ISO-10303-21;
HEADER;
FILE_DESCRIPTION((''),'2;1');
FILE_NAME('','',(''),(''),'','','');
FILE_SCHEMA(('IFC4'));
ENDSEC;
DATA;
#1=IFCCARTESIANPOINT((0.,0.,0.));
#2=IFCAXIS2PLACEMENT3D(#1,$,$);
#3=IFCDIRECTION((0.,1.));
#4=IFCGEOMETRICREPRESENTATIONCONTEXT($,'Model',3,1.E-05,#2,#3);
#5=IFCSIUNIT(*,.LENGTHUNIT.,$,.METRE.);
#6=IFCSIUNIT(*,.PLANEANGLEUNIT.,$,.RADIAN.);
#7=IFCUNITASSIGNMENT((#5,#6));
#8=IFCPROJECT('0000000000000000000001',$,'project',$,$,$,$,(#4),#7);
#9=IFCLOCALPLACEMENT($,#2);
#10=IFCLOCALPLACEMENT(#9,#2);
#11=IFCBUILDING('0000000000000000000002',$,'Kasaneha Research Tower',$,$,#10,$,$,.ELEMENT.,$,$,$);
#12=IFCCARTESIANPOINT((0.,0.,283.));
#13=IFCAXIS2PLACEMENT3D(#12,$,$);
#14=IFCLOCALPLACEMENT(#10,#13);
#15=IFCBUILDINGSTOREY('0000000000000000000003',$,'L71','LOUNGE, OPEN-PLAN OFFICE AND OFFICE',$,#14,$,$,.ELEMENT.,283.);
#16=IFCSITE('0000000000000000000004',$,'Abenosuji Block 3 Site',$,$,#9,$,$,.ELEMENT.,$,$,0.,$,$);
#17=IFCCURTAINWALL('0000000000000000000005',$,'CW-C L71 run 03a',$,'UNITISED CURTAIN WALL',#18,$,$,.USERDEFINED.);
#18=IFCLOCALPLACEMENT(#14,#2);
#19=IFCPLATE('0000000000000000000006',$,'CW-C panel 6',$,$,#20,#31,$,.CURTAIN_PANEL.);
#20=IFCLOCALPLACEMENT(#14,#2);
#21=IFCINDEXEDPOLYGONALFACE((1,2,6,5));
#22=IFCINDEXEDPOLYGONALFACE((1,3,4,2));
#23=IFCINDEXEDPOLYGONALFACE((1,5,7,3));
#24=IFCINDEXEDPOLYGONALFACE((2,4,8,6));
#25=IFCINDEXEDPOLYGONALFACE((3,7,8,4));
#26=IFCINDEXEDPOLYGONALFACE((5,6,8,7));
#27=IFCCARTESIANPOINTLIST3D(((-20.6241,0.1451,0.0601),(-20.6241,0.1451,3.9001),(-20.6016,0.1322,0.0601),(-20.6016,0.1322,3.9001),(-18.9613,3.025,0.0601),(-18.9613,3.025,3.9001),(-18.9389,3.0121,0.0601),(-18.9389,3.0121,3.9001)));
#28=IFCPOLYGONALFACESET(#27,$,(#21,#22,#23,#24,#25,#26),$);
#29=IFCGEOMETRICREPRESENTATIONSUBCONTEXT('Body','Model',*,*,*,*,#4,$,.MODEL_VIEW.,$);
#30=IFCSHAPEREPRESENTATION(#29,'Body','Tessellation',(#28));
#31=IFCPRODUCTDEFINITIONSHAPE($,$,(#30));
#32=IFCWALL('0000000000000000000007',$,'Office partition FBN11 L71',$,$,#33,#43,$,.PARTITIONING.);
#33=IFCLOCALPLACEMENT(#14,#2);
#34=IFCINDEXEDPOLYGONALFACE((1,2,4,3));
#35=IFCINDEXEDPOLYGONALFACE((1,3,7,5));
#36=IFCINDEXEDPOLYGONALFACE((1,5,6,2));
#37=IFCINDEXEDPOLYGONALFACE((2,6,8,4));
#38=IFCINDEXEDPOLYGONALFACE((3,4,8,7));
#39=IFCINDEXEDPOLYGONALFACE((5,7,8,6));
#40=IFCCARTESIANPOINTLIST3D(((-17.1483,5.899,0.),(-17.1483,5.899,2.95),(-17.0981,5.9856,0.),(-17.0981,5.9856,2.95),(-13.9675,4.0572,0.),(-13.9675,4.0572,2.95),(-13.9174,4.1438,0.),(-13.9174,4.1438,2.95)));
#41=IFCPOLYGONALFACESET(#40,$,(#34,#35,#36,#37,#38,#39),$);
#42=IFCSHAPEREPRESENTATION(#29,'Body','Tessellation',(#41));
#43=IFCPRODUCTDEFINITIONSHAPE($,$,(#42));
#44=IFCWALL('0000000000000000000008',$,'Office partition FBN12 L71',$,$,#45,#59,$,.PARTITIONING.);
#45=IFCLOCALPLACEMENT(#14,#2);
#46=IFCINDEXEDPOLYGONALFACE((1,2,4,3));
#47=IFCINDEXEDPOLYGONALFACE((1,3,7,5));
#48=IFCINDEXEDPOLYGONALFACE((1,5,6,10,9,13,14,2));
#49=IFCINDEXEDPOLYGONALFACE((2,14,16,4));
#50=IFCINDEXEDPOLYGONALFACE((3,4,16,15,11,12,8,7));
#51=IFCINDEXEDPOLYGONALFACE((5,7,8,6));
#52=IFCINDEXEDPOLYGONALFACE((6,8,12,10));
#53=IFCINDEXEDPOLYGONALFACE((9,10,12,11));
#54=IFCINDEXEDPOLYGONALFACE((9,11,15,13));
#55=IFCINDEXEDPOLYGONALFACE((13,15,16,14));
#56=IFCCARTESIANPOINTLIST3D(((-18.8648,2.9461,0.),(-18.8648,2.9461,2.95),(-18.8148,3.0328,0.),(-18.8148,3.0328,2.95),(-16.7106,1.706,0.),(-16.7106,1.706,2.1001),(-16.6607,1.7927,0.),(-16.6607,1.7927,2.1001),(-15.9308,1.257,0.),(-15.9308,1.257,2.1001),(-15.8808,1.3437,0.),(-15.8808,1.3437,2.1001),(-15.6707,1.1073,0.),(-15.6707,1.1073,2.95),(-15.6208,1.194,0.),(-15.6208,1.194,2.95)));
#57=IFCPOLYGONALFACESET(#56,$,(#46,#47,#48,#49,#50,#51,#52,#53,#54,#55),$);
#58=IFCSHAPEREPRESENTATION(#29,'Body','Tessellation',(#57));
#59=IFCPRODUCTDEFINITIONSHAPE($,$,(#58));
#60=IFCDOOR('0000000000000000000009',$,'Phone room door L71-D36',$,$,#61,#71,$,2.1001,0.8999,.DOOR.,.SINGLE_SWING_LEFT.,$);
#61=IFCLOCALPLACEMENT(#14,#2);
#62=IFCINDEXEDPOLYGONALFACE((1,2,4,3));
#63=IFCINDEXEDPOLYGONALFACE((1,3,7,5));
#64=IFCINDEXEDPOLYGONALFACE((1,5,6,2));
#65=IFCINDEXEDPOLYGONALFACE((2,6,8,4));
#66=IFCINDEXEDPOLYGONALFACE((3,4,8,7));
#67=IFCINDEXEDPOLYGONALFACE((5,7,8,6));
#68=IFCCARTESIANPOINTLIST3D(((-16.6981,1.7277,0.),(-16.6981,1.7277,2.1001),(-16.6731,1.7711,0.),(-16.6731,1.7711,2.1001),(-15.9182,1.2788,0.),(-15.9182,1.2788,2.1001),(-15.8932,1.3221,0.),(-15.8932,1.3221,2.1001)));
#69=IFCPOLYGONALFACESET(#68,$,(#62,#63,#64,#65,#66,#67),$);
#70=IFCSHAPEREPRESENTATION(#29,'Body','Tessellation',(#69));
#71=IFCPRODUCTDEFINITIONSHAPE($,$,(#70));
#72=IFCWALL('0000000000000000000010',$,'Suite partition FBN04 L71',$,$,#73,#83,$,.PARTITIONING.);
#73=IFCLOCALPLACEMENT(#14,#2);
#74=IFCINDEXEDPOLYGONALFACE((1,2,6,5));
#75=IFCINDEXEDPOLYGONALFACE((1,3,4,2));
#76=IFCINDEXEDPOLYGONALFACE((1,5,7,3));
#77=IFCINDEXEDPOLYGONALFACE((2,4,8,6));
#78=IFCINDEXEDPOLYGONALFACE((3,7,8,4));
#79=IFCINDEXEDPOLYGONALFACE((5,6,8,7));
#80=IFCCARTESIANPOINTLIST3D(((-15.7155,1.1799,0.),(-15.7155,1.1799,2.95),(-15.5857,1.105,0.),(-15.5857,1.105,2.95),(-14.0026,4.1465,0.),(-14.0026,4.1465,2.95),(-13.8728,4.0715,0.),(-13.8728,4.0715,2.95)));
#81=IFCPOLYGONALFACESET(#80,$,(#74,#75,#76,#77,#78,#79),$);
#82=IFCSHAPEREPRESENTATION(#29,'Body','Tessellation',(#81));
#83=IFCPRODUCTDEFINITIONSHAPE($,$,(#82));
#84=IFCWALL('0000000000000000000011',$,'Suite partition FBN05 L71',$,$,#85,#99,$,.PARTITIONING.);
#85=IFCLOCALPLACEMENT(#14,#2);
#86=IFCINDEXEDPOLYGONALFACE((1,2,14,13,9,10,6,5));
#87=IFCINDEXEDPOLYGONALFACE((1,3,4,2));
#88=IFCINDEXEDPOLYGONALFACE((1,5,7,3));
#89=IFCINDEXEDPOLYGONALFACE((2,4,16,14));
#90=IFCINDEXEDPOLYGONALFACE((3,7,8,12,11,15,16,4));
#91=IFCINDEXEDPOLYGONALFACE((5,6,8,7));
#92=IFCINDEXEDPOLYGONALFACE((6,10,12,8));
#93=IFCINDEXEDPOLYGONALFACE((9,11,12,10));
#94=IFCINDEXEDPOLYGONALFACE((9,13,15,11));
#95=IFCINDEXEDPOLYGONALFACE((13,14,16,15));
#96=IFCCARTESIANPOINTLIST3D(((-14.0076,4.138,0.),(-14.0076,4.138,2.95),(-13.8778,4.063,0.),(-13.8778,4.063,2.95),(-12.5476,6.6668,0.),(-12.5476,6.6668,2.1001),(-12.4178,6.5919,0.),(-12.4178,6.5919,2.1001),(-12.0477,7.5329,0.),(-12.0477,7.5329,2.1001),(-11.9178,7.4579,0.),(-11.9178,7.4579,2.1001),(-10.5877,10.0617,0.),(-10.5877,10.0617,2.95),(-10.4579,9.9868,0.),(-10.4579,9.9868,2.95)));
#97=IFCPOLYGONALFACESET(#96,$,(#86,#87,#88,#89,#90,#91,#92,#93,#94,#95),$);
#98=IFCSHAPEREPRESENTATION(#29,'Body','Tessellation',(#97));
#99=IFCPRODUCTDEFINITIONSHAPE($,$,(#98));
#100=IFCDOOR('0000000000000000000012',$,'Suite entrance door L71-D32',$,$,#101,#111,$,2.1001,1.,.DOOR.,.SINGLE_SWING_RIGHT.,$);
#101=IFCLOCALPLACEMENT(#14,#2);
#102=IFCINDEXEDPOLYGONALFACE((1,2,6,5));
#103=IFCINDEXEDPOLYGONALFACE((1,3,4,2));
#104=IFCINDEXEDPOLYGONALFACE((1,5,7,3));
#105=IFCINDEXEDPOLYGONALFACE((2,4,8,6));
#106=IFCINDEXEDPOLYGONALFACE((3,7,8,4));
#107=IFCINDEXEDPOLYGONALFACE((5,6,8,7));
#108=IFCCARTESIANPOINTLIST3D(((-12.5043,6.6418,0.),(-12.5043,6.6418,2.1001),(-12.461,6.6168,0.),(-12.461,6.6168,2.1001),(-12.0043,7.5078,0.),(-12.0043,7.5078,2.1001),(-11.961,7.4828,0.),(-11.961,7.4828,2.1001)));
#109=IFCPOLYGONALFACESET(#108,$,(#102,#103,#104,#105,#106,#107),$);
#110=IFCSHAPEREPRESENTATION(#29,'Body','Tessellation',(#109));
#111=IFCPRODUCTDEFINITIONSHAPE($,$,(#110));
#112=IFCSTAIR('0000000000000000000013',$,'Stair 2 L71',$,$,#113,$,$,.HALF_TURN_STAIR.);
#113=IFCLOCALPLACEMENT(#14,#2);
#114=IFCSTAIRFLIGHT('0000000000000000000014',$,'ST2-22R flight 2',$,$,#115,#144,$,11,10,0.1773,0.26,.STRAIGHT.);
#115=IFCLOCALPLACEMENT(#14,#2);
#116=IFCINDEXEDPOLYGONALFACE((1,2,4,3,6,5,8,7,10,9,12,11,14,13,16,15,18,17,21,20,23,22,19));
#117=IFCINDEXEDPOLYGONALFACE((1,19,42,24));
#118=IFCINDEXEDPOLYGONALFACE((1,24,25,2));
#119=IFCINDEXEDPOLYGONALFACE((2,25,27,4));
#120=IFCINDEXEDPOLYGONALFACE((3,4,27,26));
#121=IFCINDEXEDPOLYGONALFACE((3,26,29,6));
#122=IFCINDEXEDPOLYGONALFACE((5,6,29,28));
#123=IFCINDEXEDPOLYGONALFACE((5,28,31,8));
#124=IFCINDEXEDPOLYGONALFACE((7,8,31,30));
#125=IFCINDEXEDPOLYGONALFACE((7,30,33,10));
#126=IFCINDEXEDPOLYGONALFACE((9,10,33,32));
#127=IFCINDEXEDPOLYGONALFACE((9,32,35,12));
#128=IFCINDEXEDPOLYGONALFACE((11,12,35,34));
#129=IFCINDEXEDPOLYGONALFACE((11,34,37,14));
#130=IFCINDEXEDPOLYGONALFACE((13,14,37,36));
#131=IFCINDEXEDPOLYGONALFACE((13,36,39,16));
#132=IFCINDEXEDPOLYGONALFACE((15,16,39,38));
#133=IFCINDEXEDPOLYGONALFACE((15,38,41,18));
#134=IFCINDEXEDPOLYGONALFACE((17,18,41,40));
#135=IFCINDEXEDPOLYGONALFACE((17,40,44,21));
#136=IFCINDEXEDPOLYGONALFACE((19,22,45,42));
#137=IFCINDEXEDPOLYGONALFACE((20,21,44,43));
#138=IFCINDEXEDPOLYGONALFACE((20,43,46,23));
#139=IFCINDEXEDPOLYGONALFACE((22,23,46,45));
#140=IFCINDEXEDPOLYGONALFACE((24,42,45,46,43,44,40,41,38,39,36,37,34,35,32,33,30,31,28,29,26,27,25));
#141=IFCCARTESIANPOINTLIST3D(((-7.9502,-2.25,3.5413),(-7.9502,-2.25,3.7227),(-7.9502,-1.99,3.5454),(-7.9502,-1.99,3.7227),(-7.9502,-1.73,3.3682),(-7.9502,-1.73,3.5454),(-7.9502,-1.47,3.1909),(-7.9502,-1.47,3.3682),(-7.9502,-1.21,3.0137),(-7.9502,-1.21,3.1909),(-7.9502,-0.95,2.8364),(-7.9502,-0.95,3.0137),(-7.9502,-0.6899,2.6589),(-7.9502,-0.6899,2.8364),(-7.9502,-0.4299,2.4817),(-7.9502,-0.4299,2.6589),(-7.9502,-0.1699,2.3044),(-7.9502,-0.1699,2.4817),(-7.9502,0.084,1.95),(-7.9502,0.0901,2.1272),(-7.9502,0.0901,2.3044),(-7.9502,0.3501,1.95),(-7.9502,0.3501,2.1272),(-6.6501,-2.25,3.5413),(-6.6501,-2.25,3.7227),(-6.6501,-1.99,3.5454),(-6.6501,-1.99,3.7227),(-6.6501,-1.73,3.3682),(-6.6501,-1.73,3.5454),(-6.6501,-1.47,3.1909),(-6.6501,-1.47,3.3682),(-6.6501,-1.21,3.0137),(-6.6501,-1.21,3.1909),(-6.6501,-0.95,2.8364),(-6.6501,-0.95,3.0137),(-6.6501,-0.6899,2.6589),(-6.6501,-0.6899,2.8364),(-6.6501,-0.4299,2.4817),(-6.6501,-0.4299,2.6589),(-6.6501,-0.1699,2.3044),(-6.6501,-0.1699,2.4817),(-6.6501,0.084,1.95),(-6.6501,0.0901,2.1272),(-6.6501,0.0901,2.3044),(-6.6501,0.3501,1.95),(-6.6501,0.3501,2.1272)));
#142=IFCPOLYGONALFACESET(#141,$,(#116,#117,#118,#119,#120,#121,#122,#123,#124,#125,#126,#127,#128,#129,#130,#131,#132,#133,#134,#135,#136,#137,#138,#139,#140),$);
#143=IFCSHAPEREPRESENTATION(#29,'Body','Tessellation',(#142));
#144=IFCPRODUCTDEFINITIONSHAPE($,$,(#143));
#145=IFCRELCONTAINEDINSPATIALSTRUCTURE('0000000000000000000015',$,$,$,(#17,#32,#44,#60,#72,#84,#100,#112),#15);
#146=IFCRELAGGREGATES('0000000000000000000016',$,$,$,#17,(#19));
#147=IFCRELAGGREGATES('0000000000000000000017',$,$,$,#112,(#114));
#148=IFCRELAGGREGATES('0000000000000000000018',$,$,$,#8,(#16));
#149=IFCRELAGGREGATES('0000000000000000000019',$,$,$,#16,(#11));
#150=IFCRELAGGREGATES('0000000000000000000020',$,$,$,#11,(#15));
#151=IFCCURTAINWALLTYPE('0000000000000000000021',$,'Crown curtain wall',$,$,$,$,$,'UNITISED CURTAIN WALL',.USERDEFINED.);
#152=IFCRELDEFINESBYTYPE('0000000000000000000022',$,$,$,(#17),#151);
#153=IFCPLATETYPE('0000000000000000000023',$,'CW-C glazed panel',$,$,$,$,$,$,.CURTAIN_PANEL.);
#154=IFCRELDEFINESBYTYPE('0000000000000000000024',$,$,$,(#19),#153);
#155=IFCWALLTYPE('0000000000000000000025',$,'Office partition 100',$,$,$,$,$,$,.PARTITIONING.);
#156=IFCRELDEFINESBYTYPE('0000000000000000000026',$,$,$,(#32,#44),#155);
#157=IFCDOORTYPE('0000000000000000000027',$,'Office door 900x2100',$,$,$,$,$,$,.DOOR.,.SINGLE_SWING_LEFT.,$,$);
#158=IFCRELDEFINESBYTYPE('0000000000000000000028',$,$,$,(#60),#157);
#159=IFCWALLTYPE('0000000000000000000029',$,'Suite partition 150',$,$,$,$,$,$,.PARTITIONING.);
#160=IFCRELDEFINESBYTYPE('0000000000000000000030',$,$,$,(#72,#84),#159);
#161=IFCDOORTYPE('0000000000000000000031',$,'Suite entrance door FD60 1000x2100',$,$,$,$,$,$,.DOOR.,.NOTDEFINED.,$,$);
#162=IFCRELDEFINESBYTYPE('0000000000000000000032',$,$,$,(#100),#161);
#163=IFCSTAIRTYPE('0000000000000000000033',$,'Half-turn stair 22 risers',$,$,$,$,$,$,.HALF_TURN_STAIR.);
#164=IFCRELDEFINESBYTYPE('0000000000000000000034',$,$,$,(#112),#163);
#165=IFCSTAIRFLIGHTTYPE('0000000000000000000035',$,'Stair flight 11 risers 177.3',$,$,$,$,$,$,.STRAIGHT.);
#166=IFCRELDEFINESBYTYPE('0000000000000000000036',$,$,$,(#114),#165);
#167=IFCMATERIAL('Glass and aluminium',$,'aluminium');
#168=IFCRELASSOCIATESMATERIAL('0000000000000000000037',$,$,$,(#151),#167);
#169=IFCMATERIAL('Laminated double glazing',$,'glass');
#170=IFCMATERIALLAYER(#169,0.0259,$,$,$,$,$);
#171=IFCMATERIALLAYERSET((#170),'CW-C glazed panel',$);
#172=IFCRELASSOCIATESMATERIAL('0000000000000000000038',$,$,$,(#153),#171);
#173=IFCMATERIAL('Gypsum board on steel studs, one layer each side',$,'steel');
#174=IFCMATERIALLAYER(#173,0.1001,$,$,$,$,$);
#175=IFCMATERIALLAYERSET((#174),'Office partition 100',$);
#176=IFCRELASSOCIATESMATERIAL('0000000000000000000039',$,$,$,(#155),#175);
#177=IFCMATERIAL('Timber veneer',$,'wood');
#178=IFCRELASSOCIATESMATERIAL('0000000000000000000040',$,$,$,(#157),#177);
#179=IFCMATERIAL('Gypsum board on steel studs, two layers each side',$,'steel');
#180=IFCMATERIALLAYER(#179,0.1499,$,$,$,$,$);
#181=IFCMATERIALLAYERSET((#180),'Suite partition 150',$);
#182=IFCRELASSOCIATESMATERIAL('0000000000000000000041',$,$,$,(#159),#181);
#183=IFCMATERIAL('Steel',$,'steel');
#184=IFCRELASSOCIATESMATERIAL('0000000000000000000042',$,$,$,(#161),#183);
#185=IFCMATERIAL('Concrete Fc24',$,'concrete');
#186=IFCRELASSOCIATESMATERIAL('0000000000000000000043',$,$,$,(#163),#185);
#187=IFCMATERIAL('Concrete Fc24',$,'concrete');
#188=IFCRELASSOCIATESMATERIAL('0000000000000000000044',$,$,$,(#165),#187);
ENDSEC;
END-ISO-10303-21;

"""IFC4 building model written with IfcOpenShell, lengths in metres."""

from ifc_helpers import new_model, si_unit, direction, frame, frame_2d, origin, origin_2d, place, context, subcontext, project, spatial, polyline, rectangle, outline, extrude, material, layer, layer_set, type_object, element, fill, aggregate, save


model = new_model("IFC4")

# Units and contexts
model_context = context("Model", 3, precision=1e-05, world=origin(), true_north=direction((0.0, 1.0)))
body_context = subcontext(model_context, "Body", "Model", "MODEL_VIEW")
ifc_project = project(units=[si_unit("LENGTHUNIT", "METRE"), si_unit("PLANEANGLEUNIT", "RADIAN")], contexts=[model_context])

# Site, building, storey
site_placement = place(None, origin())
site = spatial("IfcSite", under=ifc_project, at=site_placement, Name="Abenosuji Block 3 Site", CompositionType="ELEMENT", RefElevation=0.0)
building_placement = place(site_placement, origin())
building = spatial("IfcBuilding", under=site, at=building_placement, Name="Kasaneha Research Tower", CompositionType="ELEMENT")
storey_placement = place(building_placement, frame((0.0, 0.0, 283.0)))
storey = spatial("IfcBuildingStorey", under=building, at=storey_placement, Name="L71", Description="LOUNGE, OPEN-PLAN OFFICE AND OFFICE", CompositionType="ELEMENT", Elevation=283.0)

# Curtain wall
ifc_material_1 = material(Name="Glass and aluminium", Category="aluminium")
curtain_wall_type = type_object("IfcCurtainWallType", Name="Crown curtain wall", ElementType="UNITISED CURTAIN WALL", PredefinedType="USERDEFINED", material=ifc_material_1)
curtain_wall_placement = place(storey_placement, origin())
curtain_wall = element("IfcCurtainWall", 1, at=curtain_wall_placement, inside=storey, type_object=curtain_wall_type, Name="CW-C L71 run 03a", ObjectType="UNITISED CURTAIN WALL", PredefinedType="USERDEFINED")

# Plate
ifc_material_2 = material(Name="Laminated double glazing", Category="glass")
ifc_layer_1 = layer(ifc_material_2, 0.0259)
ifc_layer_set_1 = layer_set([ifc_layer_1], Name="CW-C glazed panel")
plate_type = type_object("IfcPlateType", Name="CW-C glazed panel", PredefinedType="CURTAIN_PANEL", material=ifc_layer_set_1)
plate_1_placement = place(storey_placement, frame((-19.7815, 1.5786, 0.0601), z_axis=(0.0, 0.0, 1.0), x_axis=(-0.5, -0.866025, 0.0)))
plate_1 = element("IfcPlate", 2, at=plate_1_placement, type_object=plate_type, Name="CW-C panel 6", PredefinedType="CURTAIN_PANEL", context=body_context, shape_type="SweptSolid", body=[
    extrude(rectangle(XDim=3.3254, YDim=0.0259, at=origin_2d()), origin(), (0.0, 0.0, 1.0), 3.8401),
])
aggregate(curtain_wall, [plate_1])

# Wall
ifc_material_3 = material(Name="Gypsum board on steel studs, one layer each side", Category="steel")
ifc_layer_2 = layer(ifc_material_3, 0.1001)
ifc_layer_set_2 = layer_set([ifc_layer_2], Name="Office partition 100")
wall_type_1 = type_object("IfcWallType", Name="Office partition 100", PredefinedType="PARTITIONING", material=ifc_layer_set_2)
wall_1_placement = place(storey_placement, frame((-17.1233, 5.9424, 0.0), z_axis=(0.0, 0.0, 1.0), x_axis=(0.865384, -0.50111, 0.0)))
element("IfcWall", 3, at=wall_1_placement, inside=storey, type_object=wall_type_1, Name="Office partition FBN11 L71", PredefinedType="PARTITIONING", context=body_context, shape_type="SweptSolid", body=[
    extrude(rectangle(XDim=3.6755, YDim=0.1001, at=frame_2d((1.8379, 0.0))), origin(), (0.0, 0.0, 1.0), 2.95),
])

# Wall, opening, door
wall_2_placement = place(storey_placement, frame((-15.6458, 1.1506, 0.0), z_axis=(0.0, 0.0, 1.0), x_axis=(-0.866641, 0.498933, 0.0)))
wall_2 = element("IfcWall", 4, at=wall_2_placement, inside=storey, type_object=wall_type_1, Name="Office partition FBN12 L71", PredefinedType="PARTITIONING", context=body_context, shape_type="SweptSolid", body=[
    extrude(rectangle(XDim=3.6855, YDim=0.1001, at=frame_2d((1.8428, 0.0))), origin(), (0.0, 0.0, 1.0), 2.95),
])
opening_1_placement = place(wall_2_placement, frame((0.3, 0.0, 0.0)))
opening_1 = element("IfcOpeningElement", 5, at=opening_1_placement, cuts=wall_2, PredefinedType="OPENING", context=body_context, shape_type="SweptSolid", body=[
    extrude(rectangle(XDim=0.8999, YDim=2.1001, at=frame_2d((0.45, 1.05))), frame((0.0, 0.0601, 0.0), z_axis=(0.0, -1.0, 0.0), x_axis=(1.0, 0.0, 0.0)), (0.0, 0.0, 1.0), 0.1201),
])
ifc_material_4 = material(Name="Timber veneer", Category="wood")
door_type_1 = type_object("IfcDoorType", Name="Office door 900x2100", OperationType="SINGLE_SWING_LEFT", PredefinedType="DOOR", material=ifc_material_4)
door_1_placement = place(opening_1_placement, origin())
door_1 = element("IfcDoor", 6, at=door_1_placement, inside=storey, type_object=door_type_1, Name="Phone room door L71-D36", OperationType="SINGLE_SWING_LEFT", OverallHeight=2.1001, OverallWidth=0.8999, PredefinedType="DOOR", context=body_context, shape_type="SweptSolid", body=[
    extrude(rectangle(XDim=0.8999, YDim=2.1001, at=frame_2d((0.45, 1.05))), frame((0.0, 0.0249, 0.0), z_axis=(0.0, -1.0, 0.0), x_axis=(1.0, 0.0, 0.0)), (0.0, 0.0, 1.0), 0.05),
])
fill(opening_1, door_1)

# Wall
ifc_material_5 = material(Name="Gypsum board on steel studs, two layers each side", Category="steel")
ifc_layer_3 = layer(ifc_material_5, 0.1499)
ifc_layer_set_3 = layer_set([ifc_layer_3], Name="Suite partition 150")
wall_type_2 = type_object("IfcWallType", Name="Suite partition 150", PredefinedType="PARTITIONING", material=ifc_layer_set_3)
wall_3_placement = place(storey_placement, frame((-15.6506, 1.1423, 0.0), z_axis=(0.0, 0.0, 1.0), x_axis=(0.500033, 0.866006, 0.0)))
element("IfcWall", 7, at=wall_3_placement, inside=storey, type_object=wall_type_2, Name="Suite partition FBN04 L71", PredefinedType="PARTITIONING", context=body_context, shape_type="SweptSolid", body=[
    extrude(rectangle(XDim=3.4255, YDim=0.1499, at=frame_2d((1.7129, 0.0))), origin(), (0.0, 0.0, 1.0), 2.95),
])

# Wall, opening, door
wall_4_placement = place(storey_placement, frame((-13.9426, 4.1006, 0.0), z_axis=(0.0, 0.0, 1.0), x_axis=(0.499978, 0.866038, 0.0)))
wall_4 = element("IfcWall", 8, at=wall_4_placement, inside=storey, type_object=wall_type_2, Name="Suite partition FBN05 L71", PredefinedType="PARTITIONING", context=body_context, shape_type="SweptSolid", body=[
    extrude(rectangle(XDim=6.8401, YDim=0.1499, at=frame_2d((3.4199, 0.0))), origin(), (0.0, 0.0, 1.0), 2.95),
])
opening_2_placement = place(wall_4_placement, frame((2.9199, 0.0, 0.0)))
opening_2 = element("IfcOpeningElement", 9, at=opening_2_placement, cuts=wall_4, PredefinedType="OPENING", context=body_context, shape_type="SweptSolid", body=[
    extrude(rectangle(XDim=1.0, YDim=2.1001, at=frame_2d((0.5, 1.05))), frame((0.0, 0.085, 0.0), z_axis=(0.0, -1.0, 0.0), x_axis=(1.0, 0.0, 0.0)), (0.0, 0.0, 1.0), 0.1699),
])
ifc_material_6 = material(Name="Steel", Category="steel")
door_type_2 = type_object("IfcDoorType", Name="Suite entrance door FD60 1000x2100", OperationType="NOTDEFINED", PredefinedType="DOOR", material=ifc_material_6)
door_2_placement = place(opening_2_placement, origin())
door_2 = element("IfcDoor", 10, at=door_2_placement, inside=storey, type_object=door_type_2, Name="Suite entrance door L71-D32", OperationType="SINGLE_SWING_RIGHT", OverallHeight=2.1001, OverallWidth=1.0, PredefinedType="DOOR", context=body_context, shape_type="SweptSolid", body=[
    extrude(rectangle(XDim=1.0, YDim=2.1001, at=frame_2d((0.5, 1.05))), frame((0.0, 0.0249, 0.0), z_axis=(0.0, -1.0, 0.0), x_axis=(1.0, 0.0, 0.0)), (0.0, 0.0, 1.0), 0.05),
])
fill(opening_2, door_2)

# Stair, stair flight
ifc_material_7 = material(Name="Concrete Fc24", Category="concrete")
stair_type = type_object("IfcStairType", Name="Half-turn stair 22 risers", PredefinedType="HALF_TURN_STAIR", material=ifc_material_7)
stair_placement = place(storey_placement, origin())
stair = element("IfcStair", 11, at=stair_placement, inside=storey, type_object=stair_type, Name="Stair 2 L71", PredefinedType="HALF_TURN_STAIR")
ifc_material_8 = material(Name="Concrete Fc24", Category="concrete")
stair_flight_type = type_object("IfcStairFlightType", Name="Stair flight 11 risers 177.3", PredefinedType="STRAIGHT", material=ifc_material_8)
stair_flight_placement = place(storey_placement, frame((-7.3, 0.3501, 1.95), z_axis=(0.0, 0.0, 1.0), x_axis=(0.0, -1.0, 0.0)))
stair_flight = element("IfcStairFlight", 12, at=stair_flight_placement, type_object=stair_flight_type, Name="ST2-22R flight 2", NumberOfRisers=11, NumberOfTreads=10, PredefinedType="STRAIGHT", RiserHeight=0.1773, TreadLength=0.26, context=body_context, shape_type="SweptSolid", body=[
    extrude(outline(polyline([(0.0, 0.0), (0.0, 0.1772), (0.26, 0.1772), (0.26, 0.3545), (0.52, 0.3545), (0.52, 0.5317), (0.78, 0.5317), (0.78, 0.709), (1.04, 0.709), (1.04, 0.8865), (1.3, 0.8865), (1.3, 1.0637), (1.5601, 1.0637), (1.5601, 1.241), (1.8201, 1.241), (1.8201, 1.4182), (2.0801, 1.4182), (2.0801, 1.5955), (2.3401, 1.5955), (2.3401, 1.7727), (2.6001, 1.7727), (2.6001, 1.95), (2.6001, 1.5913), (0.2661, 0.0), (0.0, 0.0)])), frame((0.0, 0.6499, 0.0), z_axis=(0.0, -1.0, 0.0), x_axis=(1.0, 0.0, 0.0)), (0.0, 0.0, 1.0), 1.3),
])
aggregate(stair, [stair_flight])

save(model, "model.ifc")
